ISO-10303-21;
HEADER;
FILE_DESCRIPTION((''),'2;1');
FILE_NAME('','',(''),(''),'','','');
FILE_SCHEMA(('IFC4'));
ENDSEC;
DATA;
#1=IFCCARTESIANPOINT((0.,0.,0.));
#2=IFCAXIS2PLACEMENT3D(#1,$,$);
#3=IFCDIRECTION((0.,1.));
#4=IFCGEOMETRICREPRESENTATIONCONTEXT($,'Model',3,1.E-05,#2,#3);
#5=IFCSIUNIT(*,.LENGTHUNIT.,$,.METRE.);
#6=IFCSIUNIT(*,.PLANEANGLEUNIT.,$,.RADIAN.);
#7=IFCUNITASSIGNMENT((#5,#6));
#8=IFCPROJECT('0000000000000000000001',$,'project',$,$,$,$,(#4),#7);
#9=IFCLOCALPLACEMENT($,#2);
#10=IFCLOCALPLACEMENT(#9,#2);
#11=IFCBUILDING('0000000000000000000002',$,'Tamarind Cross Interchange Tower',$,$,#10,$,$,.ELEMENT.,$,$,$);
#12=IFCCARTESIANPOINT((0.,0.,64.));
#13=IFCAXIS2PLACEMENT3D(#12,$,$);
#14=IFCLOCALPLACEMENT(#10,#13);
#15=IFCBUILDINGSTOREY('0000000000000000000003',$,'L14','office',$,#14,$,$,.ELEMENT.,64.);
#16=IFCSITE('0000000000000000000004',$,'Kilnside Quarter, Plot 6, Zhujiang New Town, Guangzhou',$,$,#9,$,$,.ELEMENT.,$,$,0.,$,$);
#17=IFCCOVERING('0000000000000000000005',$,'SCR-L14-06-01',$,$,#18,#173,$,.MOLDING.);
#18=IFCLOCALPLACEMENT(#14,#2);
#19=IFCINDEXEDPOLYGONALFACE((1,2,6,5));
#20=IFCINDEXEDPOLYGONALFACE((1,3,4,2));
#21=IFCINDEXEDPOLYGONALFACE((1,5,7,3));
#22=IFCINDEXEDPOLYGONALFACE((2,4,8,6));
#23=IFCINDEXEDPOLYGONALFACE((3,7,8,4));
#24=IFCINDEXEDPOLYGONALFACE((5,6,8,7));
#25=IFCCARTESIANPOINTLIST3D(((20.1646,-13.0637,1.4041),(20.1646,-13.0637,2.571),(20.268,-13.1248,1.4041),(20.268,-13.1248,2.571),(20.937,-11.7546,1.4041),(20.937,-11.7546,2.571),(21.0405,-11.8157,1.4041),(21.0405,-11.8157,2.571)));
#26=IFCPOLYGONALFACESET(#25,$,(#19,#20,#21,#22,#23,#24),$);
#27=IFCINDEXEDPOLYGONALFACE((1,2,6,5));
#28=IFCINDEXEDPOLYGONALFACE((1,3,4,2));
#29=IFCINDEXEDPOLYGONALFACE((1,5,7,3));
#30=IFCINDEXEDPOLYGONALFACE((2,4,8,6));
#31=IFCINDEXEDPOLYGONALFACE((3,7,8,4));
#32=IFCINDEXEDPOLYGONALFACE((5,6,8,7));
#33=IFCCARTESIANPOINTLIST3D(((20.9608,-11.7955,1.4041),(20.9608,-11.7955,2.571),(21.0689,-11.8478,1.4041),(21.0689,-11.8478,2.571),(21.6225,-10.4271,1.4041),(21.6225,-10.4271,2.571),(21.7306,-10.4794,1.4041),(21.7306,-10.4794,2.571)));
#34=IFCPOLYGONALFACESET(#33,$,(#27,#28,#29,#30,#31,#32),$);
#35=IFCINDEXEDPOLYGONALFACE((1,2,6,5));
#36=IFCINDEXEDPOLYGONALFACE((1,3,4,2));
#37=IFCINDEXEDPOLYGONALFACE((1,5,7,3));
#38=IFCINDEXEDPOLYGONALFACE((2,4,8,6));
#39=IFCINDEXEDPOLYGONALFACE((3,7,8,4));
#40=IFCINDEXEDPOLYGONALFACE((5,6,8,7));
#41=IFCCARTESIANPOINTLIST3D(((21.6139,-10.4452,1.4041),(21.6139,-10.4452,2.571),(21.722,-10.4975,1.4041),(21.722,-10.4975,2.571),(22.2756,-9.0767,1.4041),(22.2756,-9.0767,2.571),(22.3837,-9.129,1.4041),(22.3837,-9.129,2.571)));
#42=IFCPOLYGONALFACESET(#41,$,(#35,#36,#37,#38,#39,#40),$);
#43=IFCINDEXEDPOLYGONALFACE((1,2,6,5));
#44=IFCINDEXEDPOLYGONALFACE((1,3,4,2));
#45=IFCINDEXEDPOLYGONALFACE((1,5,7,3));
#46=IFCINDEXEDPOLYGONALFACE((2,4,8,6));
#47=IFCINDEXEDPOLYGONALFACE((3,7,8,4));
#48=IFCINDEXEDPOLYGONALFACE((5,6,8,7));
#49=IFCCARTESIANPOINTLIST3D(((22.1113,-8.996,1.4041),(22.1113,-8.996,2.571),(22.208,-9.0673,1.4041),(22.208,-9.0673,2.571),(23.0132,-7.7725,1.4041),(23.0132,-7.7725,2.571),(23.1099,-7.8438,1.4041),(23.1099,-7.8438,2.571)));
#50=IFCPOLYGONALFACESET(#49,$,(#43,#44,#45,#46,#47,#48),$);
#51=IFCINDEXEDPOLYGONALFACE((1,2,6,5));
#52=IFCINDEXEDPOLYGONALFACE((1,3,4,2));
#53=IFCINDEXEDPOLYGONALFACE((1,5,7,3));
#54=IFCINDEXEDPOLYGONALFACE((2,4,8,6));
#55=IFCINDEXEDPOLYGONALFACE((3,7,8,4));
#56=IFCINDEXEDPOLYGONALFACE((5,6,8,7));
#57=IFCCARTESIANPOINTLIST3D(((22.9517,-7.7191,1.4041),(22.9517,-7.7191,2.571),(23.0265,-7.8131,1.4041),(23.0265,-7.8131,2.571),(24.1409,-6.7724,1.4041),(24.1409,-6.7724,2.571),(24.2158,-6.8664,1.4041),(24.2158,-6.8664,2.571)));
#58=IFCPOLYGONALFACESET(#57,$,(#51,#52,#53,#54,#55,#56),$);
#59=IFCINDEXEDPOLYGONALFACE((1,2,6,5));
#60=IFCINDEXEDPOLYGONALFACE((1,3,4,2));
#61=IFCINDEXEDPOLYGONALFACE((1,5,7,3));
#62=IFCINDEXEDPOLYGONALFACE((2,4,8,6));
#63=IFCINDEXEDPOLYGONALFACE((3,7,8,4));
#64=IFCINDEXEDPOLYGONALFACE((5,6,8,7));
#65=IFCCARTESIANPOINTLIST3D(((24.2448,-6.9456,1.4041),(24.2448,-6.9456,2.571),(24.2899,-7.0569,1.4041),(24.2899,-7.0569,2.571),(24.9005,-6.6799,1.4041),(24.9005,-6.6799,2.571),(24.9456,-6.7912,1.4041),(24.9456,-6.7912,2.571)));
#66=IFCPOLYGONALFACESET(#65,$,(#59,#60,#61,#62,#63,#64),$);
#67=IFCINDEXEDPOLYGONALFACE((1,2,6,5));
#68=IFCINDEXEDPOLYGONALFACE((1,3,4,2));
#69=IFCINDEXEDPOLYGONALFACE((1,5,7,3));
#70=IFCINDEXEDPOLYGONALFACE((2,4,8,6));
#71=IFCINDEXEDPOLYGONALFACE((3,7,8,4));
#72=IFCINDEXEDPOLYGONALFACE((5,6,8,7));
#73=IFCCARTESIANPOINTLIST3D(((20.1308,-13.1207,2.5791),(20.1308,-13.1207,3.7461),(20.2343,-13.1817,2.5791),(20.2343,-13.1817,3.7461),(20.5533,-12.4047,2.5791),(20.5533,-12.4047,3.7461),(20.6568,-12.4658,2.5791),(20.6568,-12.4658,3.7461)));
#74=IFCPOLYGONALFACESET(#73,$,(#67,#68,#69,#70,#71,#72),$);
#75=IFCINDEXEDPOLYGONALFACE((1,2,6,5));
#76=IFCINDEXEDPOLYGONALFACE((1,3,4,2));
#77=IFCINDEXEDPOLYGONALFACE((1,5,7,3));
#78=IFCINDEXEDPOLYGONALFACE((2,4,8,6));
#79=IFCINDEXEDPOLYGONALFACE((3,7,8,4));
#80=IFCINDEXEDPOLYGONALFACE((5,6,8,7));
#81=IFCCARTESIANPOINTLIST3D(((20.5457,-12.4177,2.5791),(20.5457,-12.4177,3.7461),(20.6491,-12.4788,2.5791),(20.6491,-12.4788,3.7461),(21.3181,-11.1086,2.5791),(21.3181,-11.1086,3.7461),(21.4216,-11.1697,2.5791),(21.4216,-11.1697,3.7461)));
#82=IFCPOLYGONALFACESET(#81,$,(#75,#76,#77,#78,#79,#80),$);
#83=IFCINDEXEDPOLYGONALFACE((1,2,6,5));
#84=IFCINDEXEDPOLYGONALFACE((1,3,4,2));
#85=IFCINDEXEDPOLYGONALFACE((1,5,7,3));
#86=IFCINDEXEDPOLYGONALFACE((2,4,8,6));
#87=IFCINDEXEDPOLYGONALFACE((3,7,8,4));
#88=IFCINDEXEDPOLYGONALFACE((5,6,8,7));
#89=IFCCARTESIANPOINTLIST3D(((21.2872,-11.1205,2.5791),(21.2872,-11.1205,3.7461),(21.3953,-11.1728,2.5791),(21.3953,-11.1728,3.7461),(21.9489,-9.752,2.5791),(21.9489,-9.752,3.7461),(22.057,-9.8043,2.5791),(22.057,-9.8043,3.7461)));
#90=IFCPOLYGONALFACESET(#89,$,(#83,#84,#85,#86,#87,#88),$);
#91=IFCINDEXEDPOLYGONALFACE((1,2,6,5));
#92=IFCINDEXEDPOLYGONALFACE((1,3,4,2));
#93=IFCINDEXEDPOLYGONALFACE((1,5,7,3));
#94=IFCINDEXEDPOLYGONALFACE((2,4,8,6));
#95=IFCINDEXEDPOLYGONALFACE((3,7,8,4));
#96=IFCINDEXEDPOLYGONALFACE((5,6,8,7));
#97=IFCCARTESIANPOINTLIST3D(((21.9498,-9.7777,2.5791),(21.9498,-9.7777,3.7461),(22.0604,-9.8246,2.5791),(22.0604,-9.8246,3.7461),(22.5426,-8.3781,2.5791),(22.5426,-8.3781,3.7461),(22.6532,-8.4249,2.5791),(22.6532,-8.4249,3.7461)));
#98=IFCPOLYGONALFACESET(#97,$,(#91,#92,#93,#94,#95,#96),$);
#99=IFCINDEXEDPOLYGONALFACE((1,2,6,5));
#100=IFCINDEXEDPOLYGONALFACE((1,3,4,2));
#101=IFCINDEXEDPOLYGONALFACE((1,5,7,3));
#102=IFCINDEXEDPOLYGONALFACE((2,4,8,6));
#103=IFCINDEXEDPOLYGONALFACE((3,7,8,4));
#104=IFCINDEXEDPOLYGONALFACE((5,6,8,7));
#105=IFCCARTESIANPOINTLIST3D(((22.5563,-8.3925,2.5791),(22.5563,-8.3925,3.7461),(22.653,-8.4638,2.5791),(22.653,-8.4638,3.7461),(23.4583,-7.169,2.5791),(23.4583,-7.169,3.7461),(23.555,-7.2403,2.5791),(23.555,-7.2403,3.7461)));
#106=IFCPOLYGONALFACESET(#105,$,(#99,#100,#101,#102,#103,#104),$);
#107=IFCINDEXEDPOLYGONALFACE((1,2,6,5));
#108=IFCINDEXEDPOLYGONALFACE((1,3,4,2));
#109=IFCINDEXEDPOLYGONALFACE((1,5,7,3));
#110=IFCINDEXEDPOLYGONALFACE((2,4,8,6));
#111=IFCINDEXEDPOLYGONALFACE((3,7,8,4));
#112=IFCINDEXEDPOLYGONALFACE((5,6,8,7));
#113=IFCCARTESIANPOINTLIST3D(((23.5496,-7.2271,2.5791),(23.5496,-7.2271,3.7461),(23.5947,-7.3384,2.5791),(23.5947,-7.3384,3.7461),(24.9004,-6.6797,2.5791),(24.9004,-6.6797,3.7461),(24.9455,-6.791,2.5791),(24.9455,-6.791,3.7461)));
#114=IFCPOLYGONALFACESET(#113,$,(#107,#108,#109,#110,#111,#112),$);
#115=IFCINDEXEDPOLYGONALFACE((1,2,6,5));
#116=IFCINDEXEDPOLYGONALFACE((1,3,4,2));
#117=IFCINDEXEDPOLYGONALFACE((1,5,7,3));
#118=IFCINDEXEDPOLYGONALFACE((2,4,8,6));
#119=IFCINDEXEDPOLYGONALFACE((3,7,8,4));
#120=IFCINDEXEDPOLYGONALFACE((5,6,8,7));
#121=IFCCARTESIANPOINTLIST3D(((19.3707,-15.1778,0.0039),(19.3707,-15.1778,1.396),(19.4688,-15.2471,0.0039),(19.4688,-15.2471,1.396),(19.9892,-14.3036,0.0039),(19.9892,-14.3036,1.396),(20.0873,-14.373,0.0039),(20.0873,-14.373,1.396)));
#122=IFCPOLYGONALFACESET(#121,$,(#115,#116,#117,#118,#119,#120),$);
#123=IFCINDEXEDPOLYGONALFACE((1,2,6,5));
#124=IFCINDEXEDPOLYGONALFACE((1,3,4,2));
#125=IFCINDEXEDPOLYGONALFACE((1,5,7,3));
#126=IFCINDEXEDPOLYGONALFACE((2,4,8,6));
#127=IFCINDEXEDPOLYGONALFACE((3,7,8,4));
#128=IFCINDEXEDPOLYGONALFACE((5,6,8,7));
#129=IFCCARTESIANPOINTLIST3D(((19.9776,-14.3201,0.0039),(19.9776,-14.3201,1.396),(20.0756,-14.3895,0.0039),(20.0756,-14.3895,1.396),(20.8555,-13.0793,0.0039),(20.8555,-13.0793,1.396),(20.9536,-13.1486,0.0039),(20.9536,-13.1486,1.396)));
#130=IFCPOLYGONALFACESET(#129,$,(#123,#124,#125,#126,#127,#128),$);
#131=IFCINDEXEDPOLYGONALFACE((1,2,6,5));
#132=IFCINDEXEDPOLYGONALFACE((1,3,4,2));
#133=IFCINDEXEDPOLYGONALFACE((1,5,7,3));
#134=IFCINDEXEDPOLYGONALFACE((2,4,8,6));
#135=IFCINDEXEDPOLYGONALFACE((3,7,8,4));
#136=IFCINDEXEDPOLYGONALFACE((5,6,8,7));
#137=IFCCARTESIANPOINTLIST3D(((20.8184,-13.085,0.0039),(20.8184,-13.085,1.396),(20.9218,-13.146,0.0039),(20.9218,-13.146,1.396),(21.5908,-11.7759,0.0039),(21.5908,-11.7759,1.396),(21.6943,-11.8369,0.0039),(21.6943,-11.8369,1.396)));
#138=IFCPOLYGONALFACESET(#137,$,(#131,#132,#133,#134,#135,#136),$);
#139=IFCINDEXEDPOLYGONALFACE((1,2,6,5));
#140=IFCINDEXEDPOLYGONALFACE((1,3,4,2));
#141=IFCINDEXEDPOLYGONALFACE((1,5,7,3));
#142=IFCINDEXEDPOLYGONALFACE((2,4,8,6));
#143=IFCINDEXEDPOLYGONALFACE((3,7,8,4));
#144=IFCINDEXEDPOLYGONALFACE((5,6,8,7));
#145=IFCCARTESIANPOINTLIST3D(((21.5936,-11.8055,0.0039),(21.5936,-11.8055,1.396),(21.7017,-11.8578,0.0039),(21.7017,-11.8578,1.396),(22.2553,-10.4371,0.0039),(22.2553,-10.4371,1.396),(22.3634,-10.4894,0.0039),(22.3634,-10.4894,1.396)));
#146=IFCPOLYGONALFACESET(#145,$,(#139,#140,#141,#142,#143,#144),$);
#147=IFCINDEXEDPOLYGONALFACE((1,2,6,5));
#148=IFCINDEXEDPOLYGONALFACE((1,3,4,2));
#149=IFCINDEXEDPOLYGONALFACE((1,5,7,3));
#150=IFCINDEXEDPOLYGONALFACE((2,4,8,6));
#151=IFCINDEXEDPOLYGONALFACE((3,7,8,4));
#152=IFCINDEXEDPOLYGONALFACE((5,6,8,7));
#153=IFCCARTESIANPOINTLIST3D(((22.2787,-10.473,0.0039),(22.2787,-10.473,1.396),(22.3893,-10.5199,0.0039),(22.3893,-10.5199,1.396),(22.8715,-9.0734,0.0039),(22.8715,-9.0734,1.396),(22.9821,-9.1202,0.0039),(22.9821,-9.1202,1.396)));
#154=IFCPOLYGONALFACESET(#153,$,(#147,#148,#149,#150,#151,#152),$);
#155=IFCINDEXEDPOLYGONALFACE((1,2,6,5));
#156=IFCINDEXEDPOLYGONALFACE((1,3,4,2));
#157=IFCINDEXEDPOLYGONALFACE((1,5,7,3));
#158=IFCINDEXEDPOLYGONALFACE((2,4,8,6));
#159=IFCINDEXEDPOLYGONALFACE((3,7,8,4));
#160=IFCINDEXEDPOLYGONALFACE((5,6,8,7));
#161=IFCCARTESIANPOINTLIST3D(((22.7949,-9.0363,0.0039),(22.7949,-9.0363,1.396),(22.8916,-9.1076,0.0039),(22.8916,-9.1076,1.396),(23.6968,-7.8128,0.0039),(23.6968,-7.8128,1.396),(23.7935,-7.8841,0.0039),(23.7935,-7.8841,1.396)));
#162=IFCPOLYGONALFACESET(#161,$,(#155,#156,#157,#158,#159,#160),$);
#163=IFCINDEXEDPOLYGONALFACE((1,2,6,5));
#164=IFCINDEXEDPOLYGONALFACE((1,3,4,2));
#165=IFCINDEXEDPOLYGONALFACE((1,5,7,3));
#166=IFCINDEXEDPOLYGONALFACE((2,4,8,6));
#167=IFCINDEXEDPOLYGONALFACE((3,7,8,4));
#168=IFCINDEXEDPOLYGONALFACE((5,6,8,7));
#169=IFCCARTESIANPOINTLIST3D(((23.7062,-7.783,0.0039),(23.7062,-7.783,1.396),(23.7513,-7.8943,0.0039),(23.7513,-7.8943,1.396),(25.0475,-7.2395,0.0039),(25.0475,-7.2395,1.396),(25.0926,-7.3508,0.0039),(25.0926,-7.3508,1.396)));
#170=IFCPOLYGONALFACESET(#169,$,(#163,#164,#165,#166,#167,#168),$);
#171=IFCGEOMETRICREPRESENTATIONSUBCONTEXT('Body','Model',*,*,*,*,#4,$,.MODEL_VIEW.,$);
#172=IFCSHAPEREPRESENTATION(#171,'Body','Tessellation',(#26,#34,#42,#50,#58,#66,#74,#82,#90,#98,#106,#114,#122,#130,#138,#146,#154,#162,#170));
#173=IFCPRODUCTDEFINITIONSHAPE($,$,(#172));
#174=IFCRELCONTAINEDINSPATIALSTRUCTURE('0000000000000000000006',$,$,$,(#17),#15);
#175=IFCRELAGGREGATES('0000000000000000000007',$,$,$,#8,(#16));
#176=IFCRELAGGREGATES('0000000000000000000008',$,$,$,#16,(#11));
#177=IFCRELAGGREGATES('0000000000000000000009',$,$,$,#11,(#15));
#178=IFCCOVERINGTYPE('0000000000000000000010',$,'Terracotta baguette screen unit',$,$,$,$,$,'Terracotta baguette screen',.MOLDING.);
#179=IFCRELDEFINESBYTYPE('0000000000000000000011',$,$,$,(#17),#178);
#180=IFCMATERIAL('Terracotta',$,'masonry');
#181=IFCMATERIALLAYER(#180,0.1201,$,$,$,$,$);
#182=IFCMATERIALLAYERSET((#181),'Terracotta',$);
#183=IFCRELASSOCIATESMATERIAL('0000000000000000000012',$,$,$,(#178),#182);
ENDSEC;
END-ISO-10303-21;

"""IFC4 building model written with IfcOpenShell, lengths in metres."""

from ifc_helpers import new_model, si_unit, direction, frame, origin, origin_2d, place, context, subcontext, project, spatial, rectangle, extrude, material, layer, layer_set, type_object, element, save


model = new_model("IFC4")

# Units and contexts
model_context = context("Model", 3, precision=1e-05, world=origin(), true_north=direction((0.0, 1.0)))
body_context = subcontext(model_context, "Body", "Model", "MODEL_VIEW")
ifc_project = project(units=[si_unit("LENGTHUNIT", "METRE"), si_unit("PLANEANGLEUNIT", "RADIAN")], contexts=[model_context])

# Site, building, storey
site_placement = place(None, origin())
site = spatial("IfcSite", under=ifc_project, at=site_placement, Name="Kilnside Quarter, Plot 6, Zhujiang New Town, Guangzhou", CompositionType="ELEMENT", RefElevation=0.0)
building_placement = place(site_placement, origin())
building = spatial("IfcBuilding", under=site, at=building_placement, Name="Tamarind Cross Interchange Tower", CompositionType="ELEMENT")
storey_placement = place(building_placement, frame((0.0, 0.0, 64.0)))
storey = spatial("IfcBuildingStorey", under=building, at=storey_placement, Name="L14", Description="office", CompositionType="ELEMENT", Elevation=64.0)

# Covering
ifc_material_1 = material(Name="Terracotta", Category="masonry")
ifc_layer_1 = layer(ifc_material_1, 0.1201)
ifc_layer_set_1 = layer_set([ifc_layer_1], Name="Terracotta")
covering_type = type_object("IfcCoveringType", Name="Terracotta baguette screen unit", ElementType="Terracotta baguette screen", PredefinedType="MOLDING", material=ifc_layer_set_1)
covering_1_placement = place(storey_placement, origin())
element("IfcCovering", 1, at=covering_1_placement, inside=storey, type_object=covering_type, Name="SCR-L14-06-01", PredefinedType="MOLDING", context=body_context, shape_type="SweptSolid", body=[
    extrude(rectangle(XDim=1.52, YDim=0.1201, at=origin_2d()), frame((20.6025, -12.4397, 1.4041), z_axis=(0.0, 0.0, 1.0), x_axis=(0.508183, 0.861249, 0.0)), (0.0, 0.0, 1.0), 1.167),
    extrude(rectangle(XDim=1.52, YDim=0.1201, at=origin_2d()), frame((21.3457, -11.1375, 1.4041), z_axis=(0.0, 0.0, 1.0), x_axis=(0.435326, 0.900273, 0.0)), (0.0, 0.0, 1.0), 1.167),
    extrude(rectangle(XDim=1.52, YDim=0.1201, at=origin_2d()), frame((21.9988, -9.7871, 1.4041), z_axis=(0.0, 0.0, 1.0), x_axis=(0.435326, 0.900273, 0.0)), (0.0, 0.0, 1.0), 1.167),
    extrude(rectangle(XDim=1.52, YDim=0.1201, at=origin_2d()), frame((22.6106, -8.4199, 1.4041), z_axis=(0.0, 0.0, 1.0), x_axis=(0.59338, 0.804922, 0.0)), (0.0, 0.0, 1.0), 1.167),
    extrude(rectangle(XDim=1.52, YDim=0.1201, at=origin_2d()), frame((23.5837, -7.2927, 1.4041), z_axis=(0.0, 0.0, 1.0), x_axis=(0.782377, 0.622806, 0.0)), (0.0, 0.0, 1.0), 1.167),
    extrude(rectangle(XDim=0.7075, YDim=0.1201, at=origin_2d()), frame((24.5952, -6.8684, 1.4041), z_axis=(0.0, 0.0, 1.0), x_axis=(0.926791, 0.375577, 0.0)), (0.0, 0.0, 1.0), 1.167),
    extrude(rectangle(XDim=0.8313, YDim=0.1201, at=origin_2d()), frame((20.3938, -12.7932, 2.5791), z_axis=(0.0, 0.0, 1.0), x_axis=(0.508183, 0.861249, 0.0)), (0.0, 0.0, 1.0), 1.167),
    extrude(rectangle(XDim=1.52, YDim=0.1201, at=origin_2d()), frame((20.9836, -11.7937, 2.5791), z_axis=(0.0, 0.0, 1.0), x_axis=(0.508183, 0.861249, 0.0)), (0.0, 0.0, 1.0), 1.167),
    extrude(rectangle(XDim=1.52, YDim=0.1201, at=origin_2d()), frame((21.6721, -10.4624, 2.5791), z_axis=(0.0, 0.0, 1.0), x_axis=(0.435326, 0.900273, 0.0)), (0.0, 0.0, 1.0), 1.167),
    extrude(rectangle(XDim=1.52, YDim=0.1201, at=origin_2d()), frame((22.3015, -9.1013, 2.5791), z_axis=(0.0, 0.0, 1.0), x_axis=(0.390009, 0.920811, 0.0)), (0.0, 0.0, 1.0), 1.167),
    extrude(rectangle(XDim=1.52, YDim=0.1201, at=origin_2d()), frame((23.0557, -7.8164, 2.5791), z_axis=(0.0, 0.0, 1.0), x_axis=(0.59338, 0.804922, 0.0)), (0.0, 0.0, 1.0), 1.167),
    extrude(rectangle(XDim=1.4575, YDim=0.1201, at=origin_2d()), frame((24.2476, -7.009, 2.5791), z_axis=(0.0, 0.0, 1.0), x_axis=(0.926791, 0.375577, 0.0)), (0.0, 0.0, 1.0), 1.167),
    extrude(rectangle(XDim=1.0708, YDim=0.1201, at=origin_2d()), frame((19.729, -14.7754, 0.0039), z_axis=(0.0, 0.0, 1.0), x_axis=(0.577569, 0.816342, 0.0)), (0.0, 0.0, 1.0), 1.3921),
    extrude(rectangle(XDim=1.52, YDim=0.1201, at=origin_2d()), frame((20.4656, -13.7344, 0.0039), z_axis=(0.0, 0.0, 1.0), x_axis=(0.577569, 0.816342, 0.0)), (0.0, 0.0, 1.0), 1.3921),
    extrude(rectangle(XDim=1.52, YDim=0.1201, at=origin_2d()), frame((21.2563, -12.4609, 0.0039), z_axis=(0.0, 0.0, 1.0), x_axis=(0.508183, 0.861249, 0.0)), (0.0, 0.0, 1.0), 1.3921),
    extrude(rectangle(XDim=1.52, YDim=0.1201, at=origin_2d()), frame((21.9785, -11.1475, 0.0039), z_axis=(0.0, 0.0, 1.0), x_axis=(0.435326, 0.900273, 0.0)), (0.0, 0.0, 1.0), 1.3921),
    extrude(rectangle(XDim=1.52, YDim=0.1201, at=origin_2d()), frame((22.6304, -9.7966, 0.0039), z_axis=(0.0, 0.0, 1.0), x_axis=(0.390009, 0.920811, 0.0)), (0.0, 0.0, 1.0), 1.3921),
    extrude(rectangle(XDim=1.52, YDim=0.1201, at=origin_2d()), frame((23.2942, -8.4602, 0.0039), z_axis=(0.0, 0.0, 1.0), x_axis=(0.59338, 0.804922, 0.0)), (0.0, 0.0, 1.0), 1.3921),
    extrude(rectangle(XDim=1.4473, YDim=0.1201, at=origin_2d()), frame((24.3994, -7.5669, 0.0039), z_axis=(0.0, 0.0, 1.0), x_axis=(0.926791, 0.375577, 0.0)), (0.0, 0.0, 1.0), 1.3921),
])

save(model, "model.ifc")
